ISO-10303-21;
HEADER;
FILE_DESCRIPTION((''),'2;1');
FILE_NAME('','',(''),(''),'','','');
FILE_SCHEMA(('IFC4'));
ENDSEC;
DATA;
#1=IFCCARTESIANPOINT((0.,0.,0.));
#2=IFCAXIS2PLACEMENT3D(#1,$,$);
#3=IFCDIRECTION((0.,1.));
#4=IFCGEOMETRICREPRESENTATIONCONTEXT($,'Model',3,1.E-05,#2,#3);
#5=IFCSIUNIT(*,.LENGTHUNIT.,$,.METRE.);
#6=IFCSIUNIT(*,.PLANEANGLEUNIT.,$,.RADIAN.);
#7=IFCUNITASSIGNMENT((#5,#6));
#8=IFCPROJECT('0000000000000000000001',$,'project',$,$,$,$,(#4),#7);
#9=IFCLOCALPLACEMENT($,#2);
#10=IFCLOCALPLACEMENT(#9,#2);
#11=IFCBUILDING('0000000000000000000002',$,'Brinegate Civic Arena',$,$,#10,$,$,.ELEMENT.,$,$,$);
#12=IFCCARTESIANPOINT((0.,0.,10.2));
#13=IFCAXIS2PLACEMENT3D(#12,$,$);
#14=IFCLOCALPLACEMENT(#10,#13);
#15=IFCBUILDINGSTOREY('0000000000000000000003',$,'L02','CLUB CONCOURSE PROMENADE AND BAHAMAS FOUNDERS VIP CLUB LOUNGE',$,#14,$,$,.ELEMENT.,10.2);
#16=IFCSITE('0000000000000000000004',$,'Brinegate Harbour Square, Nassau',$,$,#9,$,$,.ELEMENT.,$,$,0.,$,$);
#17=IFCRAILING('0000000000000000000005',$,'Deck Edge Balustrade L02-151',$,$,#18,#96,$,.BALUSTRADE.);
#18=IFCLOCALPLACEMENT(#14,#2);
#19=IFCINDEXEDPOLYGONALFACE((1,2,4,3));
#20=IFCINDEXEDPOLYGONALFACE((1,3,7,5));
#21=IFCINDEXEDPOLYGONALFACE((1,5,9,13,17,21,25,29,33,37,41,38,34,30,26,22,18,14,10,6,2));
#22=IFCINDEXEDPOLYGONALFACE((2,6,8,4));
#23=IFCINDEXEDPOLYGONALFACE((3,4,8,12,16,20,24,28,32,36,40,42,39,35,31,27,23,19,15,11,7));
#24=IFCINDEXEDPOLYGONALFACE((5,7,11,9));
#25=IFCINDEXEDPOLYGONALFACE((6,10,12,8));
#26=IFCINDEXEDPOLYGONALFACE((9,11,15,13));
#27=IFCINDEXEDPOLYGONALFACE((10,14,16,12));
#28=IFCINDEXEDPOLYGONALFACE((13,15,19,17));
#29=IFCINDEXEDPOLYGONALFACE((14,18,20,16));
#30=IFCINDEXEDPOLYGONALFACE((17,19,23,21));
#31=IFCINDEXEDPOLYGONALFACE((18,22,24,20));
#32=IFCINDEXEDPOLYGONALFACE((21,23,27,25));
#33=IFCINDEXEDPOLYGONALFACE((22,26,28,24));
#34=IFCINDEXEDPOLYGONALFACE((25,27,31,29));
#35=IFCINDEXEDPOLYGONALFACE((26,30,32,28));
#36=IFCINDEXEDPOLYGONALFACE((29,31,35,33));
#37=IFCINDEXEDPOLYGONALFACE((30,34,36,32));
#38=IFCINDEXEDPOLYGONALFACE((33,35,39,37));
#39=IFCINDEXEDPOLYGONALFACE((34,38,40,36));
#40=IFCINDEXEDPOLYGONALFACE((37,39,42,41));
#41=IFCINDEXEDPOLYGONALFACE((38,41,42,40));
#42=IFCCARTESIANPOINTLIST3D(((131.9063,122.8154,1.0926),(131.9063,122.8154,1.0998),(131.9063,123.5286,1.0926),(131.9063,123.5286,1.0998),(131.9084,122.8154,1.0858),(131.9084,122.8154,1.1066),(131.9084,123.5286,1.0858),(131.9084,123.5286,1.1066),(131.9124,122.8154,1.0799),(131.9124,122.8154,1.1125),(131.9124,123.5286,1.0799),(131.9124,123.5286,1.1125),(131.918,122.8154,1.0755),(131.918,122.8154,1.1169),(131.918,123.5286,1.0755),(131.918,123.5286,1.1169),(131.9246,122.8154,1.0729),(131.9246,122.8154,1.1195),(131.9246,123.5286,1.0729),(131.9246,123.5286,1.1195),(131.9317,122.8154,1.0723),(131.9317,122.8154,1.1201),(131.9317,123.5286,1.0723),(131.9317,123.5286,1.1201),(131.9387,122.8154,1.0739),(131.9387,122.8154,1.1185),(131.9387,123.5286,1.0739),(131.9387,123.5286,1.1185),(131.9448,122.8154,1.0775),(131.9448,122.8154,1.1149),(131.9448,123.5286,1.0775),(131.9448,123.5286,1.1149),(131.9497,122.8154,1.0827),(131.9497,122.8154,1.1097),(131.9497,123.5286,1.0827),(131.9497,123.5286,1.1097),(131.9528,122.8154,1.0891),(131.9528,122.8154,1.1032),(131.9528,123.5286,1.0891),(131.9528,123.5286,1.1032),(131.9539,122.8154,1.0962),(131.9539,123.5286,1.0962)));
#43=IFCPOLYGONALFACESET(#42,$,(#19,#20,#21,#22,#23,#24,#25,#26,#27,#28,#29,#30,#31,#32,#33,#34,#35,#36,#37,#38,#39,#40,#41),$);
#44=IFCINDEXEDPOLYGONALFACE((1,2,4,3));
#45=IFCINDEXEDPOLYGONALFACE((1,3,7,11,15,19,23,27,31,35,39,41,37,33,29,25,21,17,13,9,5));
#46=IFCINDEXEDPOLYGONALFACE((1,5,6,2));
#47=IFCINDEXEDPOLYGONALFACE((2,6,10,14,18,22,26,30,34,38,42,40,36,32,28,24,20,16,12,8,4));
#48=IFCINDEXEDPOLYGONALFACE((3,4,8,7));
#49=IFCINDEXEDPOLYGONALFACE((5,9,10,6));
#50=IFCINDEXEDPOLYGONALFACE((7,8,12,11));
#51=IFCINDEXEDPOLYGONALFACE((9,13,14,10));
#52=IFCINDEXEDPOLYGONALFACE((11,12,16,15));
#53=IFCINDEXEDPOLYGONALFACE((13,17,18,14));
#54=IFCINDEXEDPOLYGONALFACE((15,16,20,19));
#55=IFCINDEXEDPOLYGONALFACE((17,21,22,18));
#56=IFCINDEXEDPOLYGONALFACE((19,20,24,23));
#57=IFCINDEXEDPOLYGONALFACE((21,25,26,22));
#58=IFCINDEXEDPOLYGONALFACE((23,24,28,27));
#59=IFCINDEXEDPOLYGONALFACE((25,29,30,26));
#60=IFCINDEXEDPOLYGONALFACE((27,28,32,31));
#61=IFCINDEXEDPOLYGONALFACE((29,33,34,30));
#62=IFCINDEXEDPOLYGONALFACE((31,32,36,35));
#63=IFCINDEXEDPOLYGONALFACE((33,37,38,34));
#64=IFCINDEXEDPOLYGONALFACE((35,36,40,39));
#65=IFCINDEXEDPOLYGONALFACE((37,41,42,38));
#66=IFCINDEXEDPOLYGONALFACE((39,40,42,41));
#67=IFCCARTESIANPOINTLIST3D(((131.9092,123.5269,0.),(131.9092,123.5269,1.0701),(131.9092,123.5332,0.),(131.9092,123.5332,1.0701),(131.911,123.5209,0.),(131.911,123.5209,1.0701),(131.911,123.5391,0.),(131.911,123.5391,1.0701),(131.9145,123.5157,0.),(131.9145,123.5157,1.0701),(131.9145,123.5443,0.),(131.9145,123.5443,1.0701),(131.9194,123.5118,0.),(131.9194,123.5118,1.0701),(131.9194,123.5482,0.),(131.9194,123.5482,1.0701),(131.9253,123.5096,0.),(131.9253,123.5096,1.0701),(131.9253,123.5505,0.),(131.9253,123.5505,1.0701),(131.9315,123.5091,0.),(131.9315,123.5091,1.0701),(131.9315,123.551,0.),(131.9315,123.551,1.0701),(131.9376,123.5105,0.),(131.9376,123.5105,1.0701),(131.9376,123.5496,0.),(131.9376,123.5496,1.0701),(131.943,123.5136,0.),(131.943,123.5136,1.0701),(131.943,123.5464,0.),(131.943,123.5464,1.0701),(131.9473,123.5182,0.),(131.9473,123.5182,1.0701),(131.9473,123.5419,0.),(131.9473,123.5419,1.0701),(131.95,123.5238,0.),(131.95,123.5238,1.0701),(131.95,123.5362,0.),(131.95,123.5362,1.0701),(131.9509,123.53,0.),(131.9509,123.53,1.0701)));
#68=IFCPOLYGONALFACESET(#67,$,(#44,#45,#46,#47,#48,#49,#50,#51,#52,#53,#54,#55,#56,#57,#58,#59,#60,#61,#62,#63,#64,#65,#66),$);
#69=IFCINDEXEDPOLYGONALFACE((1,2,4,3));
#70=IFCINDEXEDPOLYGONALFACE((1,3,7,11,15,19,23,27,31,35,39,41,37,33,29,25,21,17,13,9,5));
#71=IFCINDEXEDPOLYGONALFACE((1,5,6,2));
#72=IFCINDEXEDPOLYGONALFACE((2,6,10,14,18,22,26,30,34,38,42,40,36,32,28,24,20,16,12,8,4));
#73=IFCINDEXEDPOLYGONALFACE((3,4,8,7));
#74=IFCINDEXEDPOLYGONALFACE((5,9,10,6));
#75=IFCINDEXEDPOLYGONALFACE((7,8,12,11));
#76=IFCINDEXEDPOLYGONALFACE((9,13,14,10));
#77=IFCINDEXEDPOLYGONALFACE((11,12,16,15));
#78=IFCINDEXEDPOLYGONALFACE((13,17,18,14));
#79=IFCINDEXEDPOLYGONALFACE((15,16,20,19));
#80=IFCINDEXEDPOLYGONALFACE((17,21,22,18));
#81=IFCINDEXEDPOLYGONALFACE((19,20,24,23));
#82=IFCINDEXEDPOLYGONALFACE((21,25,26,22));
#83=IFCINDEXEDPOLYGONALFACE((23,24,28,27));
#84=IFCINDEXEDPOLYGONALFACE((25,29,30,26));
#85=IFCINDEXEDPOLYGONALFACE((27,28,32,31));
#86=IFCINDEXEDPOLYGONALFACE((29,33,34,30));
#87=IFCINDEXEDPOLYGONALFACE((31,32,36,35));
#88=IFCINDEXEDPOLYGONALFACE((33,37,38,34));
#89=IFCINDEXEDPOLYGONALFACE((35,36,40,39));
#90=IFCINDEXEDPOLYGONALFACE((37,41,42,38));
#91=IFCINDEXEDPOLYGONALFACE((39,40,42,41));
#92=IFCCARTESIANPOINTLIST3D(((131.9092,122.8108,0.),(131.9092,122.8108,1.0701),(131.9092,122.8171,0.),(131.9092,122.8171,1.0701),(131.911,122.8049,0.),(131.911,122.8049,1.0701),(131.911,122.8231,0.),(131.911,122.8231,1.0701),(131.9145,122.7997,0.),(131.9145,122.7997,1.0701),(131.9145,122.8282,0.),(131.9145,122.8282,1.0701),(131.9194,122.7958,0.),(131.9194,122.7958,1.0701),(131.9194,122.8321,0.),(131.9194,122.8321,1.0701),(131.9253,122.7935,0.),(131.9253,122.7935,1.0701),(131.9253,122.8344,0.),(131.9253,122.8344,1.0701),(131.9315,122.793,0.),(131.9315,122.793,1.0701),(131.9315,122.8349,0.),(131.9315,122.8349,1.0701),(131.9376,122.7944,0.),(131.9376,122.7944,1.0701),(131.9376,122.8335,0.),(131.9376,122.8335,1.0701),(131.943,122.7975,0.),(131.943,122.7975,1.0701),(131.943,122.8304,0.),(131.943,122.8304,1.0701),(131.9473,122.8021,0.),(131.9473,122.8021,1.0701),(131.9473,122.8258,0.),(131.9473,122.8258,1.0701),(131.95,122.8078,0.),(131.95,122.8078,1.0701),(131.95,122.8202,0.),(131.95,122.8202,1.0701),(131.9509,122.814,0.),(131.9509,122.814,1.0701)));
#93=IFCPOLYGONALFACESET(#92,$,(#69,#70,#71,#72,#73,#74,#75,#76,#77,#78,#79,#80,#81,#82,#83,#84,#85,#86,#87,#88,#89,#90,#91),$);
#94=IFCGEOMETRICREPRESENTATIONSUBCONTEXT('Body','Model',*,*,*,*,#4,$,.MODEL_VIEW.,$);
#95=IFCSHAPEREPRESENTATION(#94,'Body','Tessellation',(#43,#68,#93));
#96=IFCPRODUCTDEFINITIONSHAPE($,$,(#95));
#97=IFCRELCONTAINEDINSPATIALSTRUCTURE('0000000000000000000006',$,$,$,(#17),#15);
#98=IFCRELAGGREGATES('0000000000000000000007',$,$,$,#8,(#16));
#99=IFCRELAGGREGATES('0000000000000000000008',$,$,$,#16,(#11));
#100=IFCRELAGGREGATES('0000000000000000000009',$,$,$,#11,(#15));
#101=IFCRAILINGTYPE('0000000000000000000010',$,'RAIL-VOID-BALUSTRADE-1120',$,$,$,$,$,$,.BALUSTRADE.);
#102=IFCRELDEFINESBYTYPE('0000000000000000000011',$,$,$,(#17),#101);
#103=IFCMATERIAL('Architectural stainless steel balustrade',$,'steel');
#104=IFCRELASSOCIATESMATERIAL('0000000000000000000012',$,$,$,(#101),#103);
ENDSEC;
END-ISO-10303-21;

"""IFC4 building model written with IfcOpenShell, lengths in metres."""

from ifc_helpers import new_model, si_unit, direction, frame, origin, origin_2d, place, context, subcontext, project, spatial, circle, extrude, material, type_object, element, save


model = new_model("IFC4")

# Units and contexts
model_context = context("Model", 3, precision=1e-05, world=origin(), true_north=direction((0.0, 1.0)))
body_context = subcontext(model_context, "Body", "Model", "MODEL_VIEW")
ifc_project = project(units=[si_unit("LENGTHUNIT", "METRE"), si_unit("PLANEANGLEUNIT", "RADIAN")], contexts=[model_context])

# Site, building, storey
site_placement = place(None, origin())
site = spatial("IfcSite", under=ifc_project, at=site_placement, Name="Brinegate Harbour Square, Nassau", CompositionType="ELEMENT", RefElevation=0.0)
building_placement = place(site_placement, origin())
building = spatial("IfcBuilding", under=site, at=building_placement, Name="Brinegate Civic Arena", CompositionType="ELEMENT")
storey_placement = place(building_placement, frame((0.0, 0.0, 10.2)))
storey = spatial("IfcBuildingStorey", under=building, at=storey_placement, Name="L02", Description="CLUB CONCOURSE PROMENADE AND BAHAMAS FOUNDERS VIP CLUB LOUNGE", CompositionType="ELEMENT", Elevation=10.2)

# Railing
ifc_material_1 = material(Name="Architectural stainless steel balustrade", Category="steel")
railing_type_1 = type_object("IfcRailingType", Name="RAIL-VOID-BALUSTRADE-1120", PredefinedType="BALUSTRADE", material=ifc_material_1)
railing_1_placement = place(storey_placement, frame((131.9299, 123.53, 0.0)))
element("IfcRailing", 1, at=railing_1_placement, inside=storey, type_object=railing_type_1, Name="Deck Edge Balustrade L02-151", PredefinedType="BALUSTRADE", context=body_context, shape_type="SweptSolid", body=[
    extrude(circle(Radius=0.0239, at=origin_2d()), frame((0.0, -0.0015, 1.0962), z_axis=(0.0, -1.0, 0.0), x_axis=(1.0, 0.0, 0.0)), (0.0, 0.0, 1.0), 0.7131),
    extrude(circle(Radius=0.021, at=origin_2d()), origin(), (0.0, 0.0, 1.0), 1.0701),
    extrude(circle(Radius=0.021, at=origin_2d()), frame((0.0, -0.7161, 0.0)), (0.0, 0.0, 1.0), 1.0701),
])

save(model, "model.ifc")
